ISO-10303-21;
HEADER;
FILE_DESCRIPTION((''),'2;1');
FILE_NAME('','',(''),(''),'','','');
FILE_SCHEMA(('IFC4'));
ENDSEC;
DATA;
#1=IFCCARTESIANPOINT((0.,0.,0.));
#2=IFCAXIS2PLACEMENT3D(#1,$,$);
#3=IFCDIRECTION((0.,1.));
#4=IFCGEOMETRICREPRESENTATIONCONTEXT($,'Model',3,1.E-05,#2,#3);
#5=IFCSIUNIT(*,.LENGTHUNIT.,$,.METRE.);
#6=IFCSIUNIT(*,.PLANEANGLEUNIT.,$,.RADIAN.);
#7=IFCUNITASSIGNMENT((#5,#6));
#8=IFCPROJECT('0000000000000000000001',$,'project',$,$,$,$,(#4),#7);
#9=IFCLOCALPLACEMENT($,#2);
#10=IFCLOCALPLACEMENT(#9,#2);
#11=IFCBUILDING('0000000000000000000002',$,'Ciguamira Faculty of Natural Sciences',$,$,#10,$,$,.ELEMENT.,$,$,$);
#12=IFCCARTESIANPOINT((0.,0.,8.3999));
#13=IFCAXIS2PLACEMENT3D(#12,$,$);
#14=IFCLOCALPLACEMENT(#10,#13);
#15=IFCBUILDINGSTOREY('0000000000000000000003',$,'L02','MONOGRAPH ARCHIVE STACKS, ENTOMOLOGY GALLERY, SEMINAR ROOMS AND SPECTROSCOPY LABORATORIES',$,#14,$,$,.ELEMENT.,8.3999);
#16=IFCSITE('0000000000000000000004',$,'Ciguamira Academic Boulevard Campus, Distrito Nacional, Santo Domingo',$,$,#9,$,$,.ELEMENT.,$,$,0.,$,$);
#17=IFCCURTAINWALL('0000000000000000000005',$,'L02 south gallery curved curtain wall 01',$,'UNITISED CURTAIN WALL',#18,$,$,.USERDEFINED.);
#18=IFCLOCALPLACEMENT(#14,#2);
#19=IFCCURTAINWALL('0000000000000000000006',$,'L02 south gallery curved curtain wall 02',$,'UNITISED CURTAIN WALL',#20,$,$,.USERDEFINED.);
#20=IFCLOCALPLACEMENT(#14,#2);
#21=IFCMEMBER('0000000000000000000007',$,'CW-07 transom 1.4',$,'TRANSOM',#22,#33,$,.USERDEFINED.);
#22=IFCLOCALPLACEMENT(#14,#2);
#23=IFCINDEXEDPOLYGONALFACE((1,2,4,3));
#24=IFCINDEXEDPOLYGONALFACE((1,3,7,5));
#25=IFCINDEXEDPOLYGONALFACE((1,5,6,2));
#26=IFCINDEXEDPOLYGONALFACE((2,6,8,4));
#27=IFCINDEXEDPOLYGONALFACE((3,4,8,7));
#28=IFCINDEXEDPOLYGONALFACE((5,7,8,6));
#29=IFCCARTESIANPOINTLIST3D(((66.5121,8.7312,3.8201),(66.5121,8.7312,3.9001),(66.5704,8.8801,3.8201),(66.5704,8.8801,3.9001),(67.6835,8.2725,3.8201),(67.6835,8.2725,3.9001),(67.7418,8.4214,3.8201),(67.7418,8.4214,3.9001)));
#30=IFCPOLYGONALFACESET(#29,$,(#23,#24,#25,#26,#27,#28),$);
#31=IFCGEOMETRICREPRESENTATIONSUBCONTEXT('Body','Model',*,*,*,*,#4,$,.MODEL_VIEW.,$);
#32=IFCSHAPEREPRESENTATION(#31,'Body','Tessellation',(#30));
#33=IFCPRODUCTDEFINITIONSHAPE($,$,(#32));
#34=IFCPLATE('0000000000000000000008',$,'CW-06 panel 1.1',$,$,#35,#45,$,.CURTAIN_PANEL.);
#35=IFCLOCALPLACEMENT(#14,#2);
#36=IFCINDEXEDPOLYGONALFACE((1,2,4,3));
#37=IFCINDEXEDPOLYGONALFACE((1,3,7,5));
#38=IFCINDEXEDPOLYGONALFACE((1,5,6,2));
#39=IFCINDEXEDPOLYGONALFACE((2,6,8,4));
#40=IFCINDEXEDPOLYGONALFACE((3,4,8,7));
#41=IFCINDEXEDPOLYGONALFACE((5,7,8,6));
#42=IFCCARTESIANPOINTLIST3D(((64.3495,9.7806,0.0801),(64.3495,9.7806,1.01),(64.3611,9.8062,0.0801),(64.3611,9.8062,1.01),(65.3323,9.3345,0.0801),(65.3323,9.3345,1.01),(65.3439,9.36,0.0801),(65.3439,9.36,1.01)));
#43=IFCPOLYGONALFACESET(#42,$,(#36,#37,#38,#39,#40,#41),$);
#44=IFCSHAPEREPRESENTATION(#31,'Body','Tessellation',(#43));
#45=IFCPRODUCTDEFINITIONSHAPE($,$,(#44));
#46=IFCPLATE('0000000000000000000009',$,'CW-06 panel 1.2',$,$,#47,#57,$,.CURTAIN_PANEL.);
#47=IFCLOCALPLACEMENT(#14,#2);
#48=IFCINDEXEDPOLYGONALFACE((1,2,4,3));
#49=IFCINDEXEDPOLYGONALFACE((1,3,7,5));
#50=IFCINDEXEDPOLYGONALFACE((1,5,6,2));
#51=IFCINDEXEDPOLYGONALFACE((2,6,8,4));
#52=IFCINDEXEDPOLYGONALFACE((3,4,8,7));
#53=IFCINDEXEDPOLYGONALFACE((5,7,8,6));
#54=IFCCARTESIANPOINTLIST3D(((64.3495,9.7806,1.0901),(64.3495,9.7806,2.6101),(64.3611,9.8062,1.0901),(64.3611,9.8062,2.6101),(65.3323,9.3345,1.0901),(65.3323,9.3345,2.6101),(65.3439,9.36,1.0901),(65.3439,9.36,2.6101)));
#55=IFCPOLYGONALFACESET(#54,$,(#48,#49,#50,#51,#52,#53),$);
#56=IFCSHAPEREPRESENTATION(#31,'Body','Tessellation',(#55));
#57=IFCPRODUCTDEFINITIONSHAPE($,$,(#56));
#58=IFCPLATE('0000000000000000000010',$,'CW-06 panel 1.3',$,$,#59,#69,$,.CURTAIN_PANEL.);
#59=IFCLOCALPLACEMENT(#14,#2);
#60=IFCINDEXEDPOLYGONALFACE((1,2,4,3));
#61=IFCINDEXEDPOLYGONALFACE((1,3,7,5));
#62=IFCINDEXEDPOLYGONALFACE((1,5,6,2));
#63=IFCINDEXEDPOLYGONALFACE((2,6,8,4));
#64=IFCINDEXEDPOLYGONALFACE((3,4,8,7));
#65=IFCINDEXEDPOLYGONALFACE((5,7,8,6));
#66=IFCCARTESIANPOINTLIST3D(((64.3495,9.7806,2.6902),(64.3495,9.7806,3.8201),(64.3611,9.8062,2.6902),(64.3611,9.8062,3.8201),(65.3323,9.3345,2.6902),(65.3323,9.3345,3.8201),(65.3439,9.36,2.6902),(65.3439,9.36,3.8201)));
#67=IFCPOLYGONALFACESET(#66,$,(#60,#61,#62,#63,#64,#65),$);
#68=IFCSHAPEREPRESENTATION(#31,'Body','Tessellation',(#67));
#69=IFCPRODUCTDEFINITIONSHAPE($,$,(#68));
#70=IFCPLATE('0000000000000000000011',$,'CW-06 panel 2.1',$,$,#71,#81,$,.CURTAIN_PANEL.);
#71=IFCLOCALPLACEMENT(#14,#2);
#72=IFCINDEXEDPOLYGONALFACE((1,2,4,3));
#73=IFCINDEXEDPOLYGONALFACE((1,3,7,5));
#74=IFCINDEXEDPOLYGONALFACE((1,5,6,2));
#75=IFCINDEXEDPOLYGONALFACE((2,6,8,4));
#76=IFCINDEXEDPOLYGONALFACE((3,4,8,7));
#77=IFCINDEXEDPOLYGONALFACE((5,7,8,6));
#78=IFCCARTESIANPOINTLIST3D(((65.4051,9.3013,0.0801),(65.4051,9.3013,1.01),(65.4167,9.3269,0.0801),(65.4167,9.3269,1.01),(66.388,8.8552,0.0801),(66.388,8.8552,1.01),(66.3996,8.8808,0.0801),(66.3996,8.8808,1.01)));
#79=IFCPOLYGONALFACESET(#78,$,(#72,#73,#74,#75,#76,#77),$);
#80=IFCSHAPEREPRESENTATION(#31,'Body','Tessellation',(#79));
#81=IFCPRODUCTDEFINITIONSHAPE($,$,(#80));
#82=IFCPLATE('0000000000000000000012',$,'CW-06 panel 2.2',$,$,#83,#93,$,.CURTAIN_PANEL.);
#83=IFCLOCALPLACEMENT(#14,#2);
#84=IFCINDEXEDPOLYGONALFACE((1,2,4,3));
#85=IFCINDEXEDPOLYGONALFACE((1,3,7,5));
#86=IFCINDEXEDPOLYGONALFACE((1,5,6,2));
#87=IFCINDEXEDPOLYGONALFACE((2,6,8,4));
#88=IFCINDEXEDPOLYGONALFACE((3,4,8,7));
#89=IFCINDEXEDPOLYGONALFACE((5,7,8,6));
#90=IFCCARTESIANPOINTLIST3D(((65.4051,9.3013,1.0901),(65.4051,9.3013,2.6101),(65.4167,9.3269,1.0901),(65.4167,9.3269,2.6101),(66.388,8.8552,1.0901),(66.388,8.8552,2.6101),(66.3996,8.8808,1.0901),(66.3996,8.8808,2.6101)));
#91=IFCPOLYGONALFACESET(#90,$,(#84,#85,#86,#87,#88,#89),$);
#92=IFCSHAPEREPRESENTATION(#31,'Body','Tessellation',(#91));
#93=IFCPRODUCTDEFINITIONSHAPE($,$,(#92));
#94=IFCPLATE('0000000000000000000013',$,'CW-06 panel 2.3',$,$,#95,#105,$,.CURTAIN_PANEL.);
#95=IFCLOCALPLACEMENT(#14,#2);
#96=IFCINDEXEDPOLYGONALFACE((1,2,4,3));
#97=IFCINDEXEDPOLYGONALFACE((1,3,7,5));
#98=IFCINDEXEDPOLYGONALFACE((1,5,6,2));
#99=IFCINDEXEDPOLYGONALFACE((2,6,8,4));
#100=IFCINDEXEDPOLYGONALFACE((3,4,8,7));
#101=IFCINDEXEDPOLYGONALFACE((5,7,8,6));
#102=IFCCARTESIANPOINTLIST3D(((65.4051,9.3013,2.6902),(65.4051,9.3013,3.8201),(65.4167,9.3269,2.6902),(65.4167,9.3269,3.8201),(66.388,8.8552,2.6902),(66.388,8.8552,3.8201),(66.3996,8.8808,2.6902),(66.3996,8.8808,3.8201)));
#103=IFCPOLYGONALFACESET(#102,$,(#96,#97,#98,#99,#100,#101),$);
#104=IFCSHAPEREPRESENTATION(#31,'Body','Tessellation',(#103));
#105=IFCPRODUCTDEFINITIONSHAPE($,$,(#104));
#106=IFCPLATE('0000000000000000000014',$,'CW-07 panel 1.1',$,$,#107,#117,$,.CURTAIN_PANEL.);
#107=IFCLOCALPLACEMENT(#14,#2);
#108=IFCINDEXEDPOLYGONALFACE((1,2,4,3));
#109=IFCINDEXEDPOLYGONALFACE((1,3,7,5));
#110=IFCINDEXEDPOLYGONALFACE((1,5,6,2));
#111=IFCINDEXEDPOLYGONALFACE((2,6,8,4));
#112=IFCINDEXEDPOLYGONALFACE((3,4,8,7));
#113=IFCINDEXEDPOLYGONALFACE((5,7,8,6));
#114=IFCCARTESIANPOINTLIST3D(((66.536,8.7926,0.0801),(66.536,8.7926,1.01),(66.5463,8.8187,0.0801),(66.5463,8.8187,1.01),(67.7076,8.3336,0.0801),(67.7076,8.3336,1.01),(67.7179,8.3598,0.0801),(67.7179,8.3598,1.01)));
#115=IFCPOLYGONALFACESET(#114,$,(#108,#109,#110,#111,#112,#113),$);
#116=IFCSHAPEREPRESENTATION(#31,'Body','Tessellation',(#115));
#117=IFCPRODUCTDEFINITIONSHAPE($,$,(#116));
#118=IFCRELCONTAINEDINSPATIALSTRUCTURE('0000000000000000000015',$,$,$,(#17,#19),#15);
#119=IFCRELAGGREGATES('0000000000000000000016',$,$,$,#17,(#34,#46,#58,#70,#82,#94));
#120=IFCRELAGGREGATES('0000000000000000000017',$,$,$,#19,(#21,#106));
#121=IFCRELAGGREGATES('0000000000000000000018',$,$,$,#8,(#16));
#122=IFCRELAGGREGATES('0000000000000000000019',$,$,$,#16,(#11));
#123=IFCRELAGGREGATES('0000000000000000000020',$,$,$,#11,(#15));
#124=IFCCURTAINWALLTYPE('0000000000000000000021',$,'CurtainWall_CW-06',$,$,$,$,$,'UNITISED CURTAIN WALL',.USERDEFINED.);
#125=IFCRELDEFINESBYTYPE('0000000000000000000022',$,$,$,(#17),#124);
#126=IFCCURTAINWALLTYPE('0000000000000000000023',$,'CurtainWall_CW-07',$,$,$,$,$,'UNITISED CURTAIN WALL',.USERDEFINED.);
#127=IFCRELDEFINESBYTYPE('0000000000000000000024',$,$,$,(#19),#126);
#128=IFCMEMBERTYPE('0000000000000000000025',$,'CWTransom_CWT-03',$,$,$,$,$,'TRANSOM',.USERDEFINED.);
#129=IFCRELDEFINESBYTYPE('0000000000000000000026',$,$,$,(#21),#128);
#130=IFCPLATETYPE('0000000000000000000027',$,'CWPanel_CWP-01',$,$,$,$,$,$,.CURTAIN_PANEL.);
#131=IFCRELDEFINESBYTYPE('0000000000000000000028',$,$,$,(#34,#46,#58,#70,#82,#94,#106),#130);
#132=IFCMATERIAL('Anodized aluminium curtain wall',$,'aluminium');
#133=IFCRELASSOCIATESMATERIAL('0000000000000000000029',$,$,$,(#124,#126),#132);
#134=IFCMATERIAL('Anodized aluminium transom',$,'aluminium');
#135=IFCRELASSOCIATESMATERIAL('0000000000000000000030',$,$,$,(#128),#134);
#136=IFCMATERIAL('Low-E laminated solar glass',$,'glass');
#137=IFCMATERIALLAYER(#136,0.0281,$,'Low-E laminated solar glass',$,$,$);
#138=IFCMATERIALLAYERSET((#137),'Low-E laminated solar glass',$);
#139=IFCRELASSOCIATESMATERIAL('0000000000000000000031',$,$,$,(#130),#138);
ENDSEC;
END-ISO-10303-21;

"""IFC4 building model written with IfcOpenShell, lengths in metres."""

from ifc_helpers import new_model, si_unit, direction, frame, origin, origin_2d, place, context, subcontext, project, spatial, rectangle, extrude, material, layer, layer_set, material_profile, profile_set, type_object, element, aggregate, save


model = new_model("IFC4")

# Units and contexts
model_context = context("Model", 3, precision=1e-05, world=origin(), true_north=direction((0.0, 1.0)))
body_context = subcontext(model_context, "Body", "Model", "MODEL_VIEW")
ifc_project = project(units=[si_unit("LENGTHUNIT", "METRE"), si_unit("PLANEANGLEUNIT", "RADIAN")], contexts=[model_context])

# Site, building, storey
site_placement = place(None, origin())
site = spatial("IfcSite", under=ifc_project, at=site_placement, Name="Ciguamira Academic Boulevard Campus, Distrito Nacional, Santo Domingo", CompositionType="ELEMENT", RefElevation=0.0)
building_placement = place(site_placement, origin())
building = spatial("IfcBuilding", under=site, at=building_placement, Name="Ciguamira Faculty of Natural Sciences", CompositionType="ELEMENT")
storey_placement = place(building_placement, frame((0.0, 0.0, 8.3999)))
storey = spatial("IfcBuildingStorey", under=building, at=storey_placement, Name="L02", Description="MONOGRAPH ARCHIVE STACKS, ENTOMOLOGY GALLERY, SEMINAR ROOMS AND SPECTROSCOPY LABORATORIES", CompositionType="ELEMENT", Elevation=8.3999)

# Curtain wall
ifc_material_1 = material(Name="Anodized aluminium curtain wall", Category="aluminium")
curtain_wall_type_1 = type_object("IfcCurtainWallType", Name="CurtainWall_CW-06", ElementType="UNITISED CURTAIN WALL", PredefinedType="USERDEFINED", material=ifc_material_1)
curtain_wall_1_placement = place(storey_placement, origin())
curtain_wall_1 = element("IfcCurtainWall", 1, at=curtain_wall_1_placement, inside=storey, type_object=curtain_wall_type_1, Name="L02 south gallery curved curtain wall 01", ObjectType="UNITISED CURTAIN WALL", PredefinedType="USERDEFINED")

# Curtain wall
curtain_wall_type_2 = type_object("IfcCurtainWallType", Name="CurtainWall_CW-07", ElementType="UNITISED CURTAIN WALL", PredefinedType="USERDEFINED", material=ifc_material_1)
curtain_wall_2_placement = place(storey_placement, origin())
curtain_wall_2 = element("IfcCurtainWall", 2, at=curtain_wall_2_placement, inside=storey, type_object=curtain_wall_type_2, Name="L02 south gallery curved curtain wall 02", ObjectType="UNITISED CURTAIN WALL", PredefinedType="USERDEFINED")

# Member
ifc_material_2 = material(Name="Anodized aluminium transom", Category="aluminium")
ifc_material_profile_1 = material_profile(ifc_material_2, rectangle(XDim=0.0801, YDim=0.1599, at=origin_2d()), Name="ALU-TRN-80X160")
ifc_profile_set_1 = profile_set([ifc_material_profile_1], Name="Anodized aluminium transom")
member_type_1 = type_object("IfcMemberType", Name="CWTransom_CWT-03", ElementType="TRANSOM", PredefinedType="USERDEFINED", material=ifc_profile_set_1)
member_1_placement = place(storey_placement, frame((66.5413, 8.8057, 3.8601), z_axis=(0.931143, -0.364655, 0.0), x_axis=(0.0, 0.0, 1.0)))
member_1 = element("IfcMember", 3, at=member_1_placement, type_object=member_type_1, Name="CW-07 transom 1.4", ObjectType="TRANSOM", PredefinedType="USERDEFINED", context=body_context, shape_type="SweptSolid", body=[
    extrude(rectangle(XDim=0.0801, YDim=0.1599, at=origin_2d()), origin(), (0.0, 0.0, 1.0), 1.2581),
])

# Plates
ifc_material_3 = material(Name="Low-E laminated solar glass", Category="glass")
ifc_layer = layer(ifc_material_3, 0.0281, Name="Low-E laminated solar glass")
ifc_layer_set = layer_set([ifc_layer], Name="Low-E laminated solar glass")
plate_type = type_object("IfcPlateType", Name="CWPanel_CWP-01", PredefinedType="CURTAIN_PANEL", material=ifc_layer_set)
plate_1_placement = place(storey_placement, frame((64.8467, 9.5703, 0.0801), z_axis=(0.0, 0.0, 1.0), x_axis=(0.910581, -0.413332, 0.0)))
plate_1 = element("IfcPlate", 4, at=plate_1_placement, type_object=plate_type, Name="CW-06 panel 1.1", PredefinedType="CURTAIN_PANEL", context=body_context, shape_type="SweptSolid", body=[
    extrude(rectangle(XDim=1.0793, YDim=0.0281, at=origin_2d()), origin(), (0.0, 0.0, 1.0), 0.9299),
])
plate_2_placement = place(storey_placement, frame((64.8467, 9.5703, 1.0901), z_axis=(0.0, 0.0, 1.0), x_axis=(0.910581, -0.413332, 0.0)))
plate_2 = element("IfcPlate", 5, at=plate_2_placement, type_object=plate_type, Name="CW-06 panel 1.2", PredefinedType="CURTAIN_PANEL", context=body_context, shape_type="SweptSolid", body=[
    extrude(rectangle(XDim=1.0793, YDim=0.0281, at=origin_2d()), origin(), (0.0, 0.0, 1.0), 1.52),
])
plate_3_placement = place(storey_placement, frame((64.8467, 9.5703, 2.6902), z_axis=(0.0, 0.0, 1.0), x_axis=(0.910581, -0.413332, 0.0)))
plate_3 = element("IfcPlate", 6, at=plate_3_placement, type_object=plate_type, Name="CW-06 panel 1.3", PredefinedType="CURTAIN_PANEL", context=body_context, shape_type="SweptSolid", body=[
    extrude(rectangle(XDim=1.0793, YDim=0.0281, at=origin_2d()), origin(), (0.0, 0.0, 1.0), 1.1299),
])
plate_4_placement = place(storey_placement, frame((65.9023, 9.0911, 0.0801), z_axis=(0.0, 0.0, 1.0), x_axis=(0.910581, -0.413332, 0.0)))
plate_4 = element("IfcPlate", 7, at=plate_4_placement, type_object=plate_type, Name="CW-06 panel 2.1", PredefinedType="CURTAIN_PANEL", context=body_context, shape_type="SweptSolid", body=[
    extrude(rectangle(XDim=1.0793, YDim=0.0281, at=origin_2d()), origin(), (0.0, 0.0, 1.0), 0.9299),
])
plate_5_placement = place(storey_placement, frame((65.9023, 9.0911, 1.0901), z_axis=(0.0, 0.0, 1.0), x_axis=(0.910581, -0.413332, 0.0)))
plate_5 = element("IfcPlate", 8, at=plate_5_placement, type_object=plate_type, Name="CW-06 panel 2.2", PredefinedType="CURTAIN_PANEL", context=body_context, shape_type="SweptSolid", body=[
    extrude(rectangle(XDim=1.0793, YDim=0.0281, at=origin_2d()), origin(), (0.0, 0.0, 1.0), 1.52),
])
plate_6_placement = place(storey_placement, frame((65.9023, 9.0911, 2.6902), z_axis=(0.0, 0.0, 1.0), x_axis=(0.910581, -0.413332, 0.0)))
plate_6 = element("IfcPlate", 9, at=plate_6_placement, type_object=plate_type, Name="CW-06 panel 2.3", PredefinedType="CURTAIN_PANEL", context=body_context, shape_type="SweptSolid", body=[
    extrude(rectangle(XDim=1.0793, YDim=0.0281, at=origin_2d()), origin(), (0.0, 0.0, 1.0), 1.1299),
])
aggregate(curtain_wall_1, [plate_1, plate_2, plate_3, plate_4, plate_5, plate_6])
plate_7_placement = place(storey_placement, frame((67.127, 8.5762, 0.0801), z_axis=(0.0, 0.0, 1.0), x_axis=(0.931122, -0.364707, 0.0)))
plate_7 = element("IfcPlate", 10, at=plate_7_placement, type_object=plate_type, Name="CW-07 panel 1.1", PredefinedType="CURTAIN_PANEL", context=body_context, shape_type="SweptSolid", body=[
    extrude(rectangle(XDim=1.2583, YDim=0.0281, at=origin_2d()), origin(), (0.0, 0.0, 1.0), 0.9299),
])
aggregate(curtain_wall_2, [member_1, plate_7])

save(model, "model.ifc")
